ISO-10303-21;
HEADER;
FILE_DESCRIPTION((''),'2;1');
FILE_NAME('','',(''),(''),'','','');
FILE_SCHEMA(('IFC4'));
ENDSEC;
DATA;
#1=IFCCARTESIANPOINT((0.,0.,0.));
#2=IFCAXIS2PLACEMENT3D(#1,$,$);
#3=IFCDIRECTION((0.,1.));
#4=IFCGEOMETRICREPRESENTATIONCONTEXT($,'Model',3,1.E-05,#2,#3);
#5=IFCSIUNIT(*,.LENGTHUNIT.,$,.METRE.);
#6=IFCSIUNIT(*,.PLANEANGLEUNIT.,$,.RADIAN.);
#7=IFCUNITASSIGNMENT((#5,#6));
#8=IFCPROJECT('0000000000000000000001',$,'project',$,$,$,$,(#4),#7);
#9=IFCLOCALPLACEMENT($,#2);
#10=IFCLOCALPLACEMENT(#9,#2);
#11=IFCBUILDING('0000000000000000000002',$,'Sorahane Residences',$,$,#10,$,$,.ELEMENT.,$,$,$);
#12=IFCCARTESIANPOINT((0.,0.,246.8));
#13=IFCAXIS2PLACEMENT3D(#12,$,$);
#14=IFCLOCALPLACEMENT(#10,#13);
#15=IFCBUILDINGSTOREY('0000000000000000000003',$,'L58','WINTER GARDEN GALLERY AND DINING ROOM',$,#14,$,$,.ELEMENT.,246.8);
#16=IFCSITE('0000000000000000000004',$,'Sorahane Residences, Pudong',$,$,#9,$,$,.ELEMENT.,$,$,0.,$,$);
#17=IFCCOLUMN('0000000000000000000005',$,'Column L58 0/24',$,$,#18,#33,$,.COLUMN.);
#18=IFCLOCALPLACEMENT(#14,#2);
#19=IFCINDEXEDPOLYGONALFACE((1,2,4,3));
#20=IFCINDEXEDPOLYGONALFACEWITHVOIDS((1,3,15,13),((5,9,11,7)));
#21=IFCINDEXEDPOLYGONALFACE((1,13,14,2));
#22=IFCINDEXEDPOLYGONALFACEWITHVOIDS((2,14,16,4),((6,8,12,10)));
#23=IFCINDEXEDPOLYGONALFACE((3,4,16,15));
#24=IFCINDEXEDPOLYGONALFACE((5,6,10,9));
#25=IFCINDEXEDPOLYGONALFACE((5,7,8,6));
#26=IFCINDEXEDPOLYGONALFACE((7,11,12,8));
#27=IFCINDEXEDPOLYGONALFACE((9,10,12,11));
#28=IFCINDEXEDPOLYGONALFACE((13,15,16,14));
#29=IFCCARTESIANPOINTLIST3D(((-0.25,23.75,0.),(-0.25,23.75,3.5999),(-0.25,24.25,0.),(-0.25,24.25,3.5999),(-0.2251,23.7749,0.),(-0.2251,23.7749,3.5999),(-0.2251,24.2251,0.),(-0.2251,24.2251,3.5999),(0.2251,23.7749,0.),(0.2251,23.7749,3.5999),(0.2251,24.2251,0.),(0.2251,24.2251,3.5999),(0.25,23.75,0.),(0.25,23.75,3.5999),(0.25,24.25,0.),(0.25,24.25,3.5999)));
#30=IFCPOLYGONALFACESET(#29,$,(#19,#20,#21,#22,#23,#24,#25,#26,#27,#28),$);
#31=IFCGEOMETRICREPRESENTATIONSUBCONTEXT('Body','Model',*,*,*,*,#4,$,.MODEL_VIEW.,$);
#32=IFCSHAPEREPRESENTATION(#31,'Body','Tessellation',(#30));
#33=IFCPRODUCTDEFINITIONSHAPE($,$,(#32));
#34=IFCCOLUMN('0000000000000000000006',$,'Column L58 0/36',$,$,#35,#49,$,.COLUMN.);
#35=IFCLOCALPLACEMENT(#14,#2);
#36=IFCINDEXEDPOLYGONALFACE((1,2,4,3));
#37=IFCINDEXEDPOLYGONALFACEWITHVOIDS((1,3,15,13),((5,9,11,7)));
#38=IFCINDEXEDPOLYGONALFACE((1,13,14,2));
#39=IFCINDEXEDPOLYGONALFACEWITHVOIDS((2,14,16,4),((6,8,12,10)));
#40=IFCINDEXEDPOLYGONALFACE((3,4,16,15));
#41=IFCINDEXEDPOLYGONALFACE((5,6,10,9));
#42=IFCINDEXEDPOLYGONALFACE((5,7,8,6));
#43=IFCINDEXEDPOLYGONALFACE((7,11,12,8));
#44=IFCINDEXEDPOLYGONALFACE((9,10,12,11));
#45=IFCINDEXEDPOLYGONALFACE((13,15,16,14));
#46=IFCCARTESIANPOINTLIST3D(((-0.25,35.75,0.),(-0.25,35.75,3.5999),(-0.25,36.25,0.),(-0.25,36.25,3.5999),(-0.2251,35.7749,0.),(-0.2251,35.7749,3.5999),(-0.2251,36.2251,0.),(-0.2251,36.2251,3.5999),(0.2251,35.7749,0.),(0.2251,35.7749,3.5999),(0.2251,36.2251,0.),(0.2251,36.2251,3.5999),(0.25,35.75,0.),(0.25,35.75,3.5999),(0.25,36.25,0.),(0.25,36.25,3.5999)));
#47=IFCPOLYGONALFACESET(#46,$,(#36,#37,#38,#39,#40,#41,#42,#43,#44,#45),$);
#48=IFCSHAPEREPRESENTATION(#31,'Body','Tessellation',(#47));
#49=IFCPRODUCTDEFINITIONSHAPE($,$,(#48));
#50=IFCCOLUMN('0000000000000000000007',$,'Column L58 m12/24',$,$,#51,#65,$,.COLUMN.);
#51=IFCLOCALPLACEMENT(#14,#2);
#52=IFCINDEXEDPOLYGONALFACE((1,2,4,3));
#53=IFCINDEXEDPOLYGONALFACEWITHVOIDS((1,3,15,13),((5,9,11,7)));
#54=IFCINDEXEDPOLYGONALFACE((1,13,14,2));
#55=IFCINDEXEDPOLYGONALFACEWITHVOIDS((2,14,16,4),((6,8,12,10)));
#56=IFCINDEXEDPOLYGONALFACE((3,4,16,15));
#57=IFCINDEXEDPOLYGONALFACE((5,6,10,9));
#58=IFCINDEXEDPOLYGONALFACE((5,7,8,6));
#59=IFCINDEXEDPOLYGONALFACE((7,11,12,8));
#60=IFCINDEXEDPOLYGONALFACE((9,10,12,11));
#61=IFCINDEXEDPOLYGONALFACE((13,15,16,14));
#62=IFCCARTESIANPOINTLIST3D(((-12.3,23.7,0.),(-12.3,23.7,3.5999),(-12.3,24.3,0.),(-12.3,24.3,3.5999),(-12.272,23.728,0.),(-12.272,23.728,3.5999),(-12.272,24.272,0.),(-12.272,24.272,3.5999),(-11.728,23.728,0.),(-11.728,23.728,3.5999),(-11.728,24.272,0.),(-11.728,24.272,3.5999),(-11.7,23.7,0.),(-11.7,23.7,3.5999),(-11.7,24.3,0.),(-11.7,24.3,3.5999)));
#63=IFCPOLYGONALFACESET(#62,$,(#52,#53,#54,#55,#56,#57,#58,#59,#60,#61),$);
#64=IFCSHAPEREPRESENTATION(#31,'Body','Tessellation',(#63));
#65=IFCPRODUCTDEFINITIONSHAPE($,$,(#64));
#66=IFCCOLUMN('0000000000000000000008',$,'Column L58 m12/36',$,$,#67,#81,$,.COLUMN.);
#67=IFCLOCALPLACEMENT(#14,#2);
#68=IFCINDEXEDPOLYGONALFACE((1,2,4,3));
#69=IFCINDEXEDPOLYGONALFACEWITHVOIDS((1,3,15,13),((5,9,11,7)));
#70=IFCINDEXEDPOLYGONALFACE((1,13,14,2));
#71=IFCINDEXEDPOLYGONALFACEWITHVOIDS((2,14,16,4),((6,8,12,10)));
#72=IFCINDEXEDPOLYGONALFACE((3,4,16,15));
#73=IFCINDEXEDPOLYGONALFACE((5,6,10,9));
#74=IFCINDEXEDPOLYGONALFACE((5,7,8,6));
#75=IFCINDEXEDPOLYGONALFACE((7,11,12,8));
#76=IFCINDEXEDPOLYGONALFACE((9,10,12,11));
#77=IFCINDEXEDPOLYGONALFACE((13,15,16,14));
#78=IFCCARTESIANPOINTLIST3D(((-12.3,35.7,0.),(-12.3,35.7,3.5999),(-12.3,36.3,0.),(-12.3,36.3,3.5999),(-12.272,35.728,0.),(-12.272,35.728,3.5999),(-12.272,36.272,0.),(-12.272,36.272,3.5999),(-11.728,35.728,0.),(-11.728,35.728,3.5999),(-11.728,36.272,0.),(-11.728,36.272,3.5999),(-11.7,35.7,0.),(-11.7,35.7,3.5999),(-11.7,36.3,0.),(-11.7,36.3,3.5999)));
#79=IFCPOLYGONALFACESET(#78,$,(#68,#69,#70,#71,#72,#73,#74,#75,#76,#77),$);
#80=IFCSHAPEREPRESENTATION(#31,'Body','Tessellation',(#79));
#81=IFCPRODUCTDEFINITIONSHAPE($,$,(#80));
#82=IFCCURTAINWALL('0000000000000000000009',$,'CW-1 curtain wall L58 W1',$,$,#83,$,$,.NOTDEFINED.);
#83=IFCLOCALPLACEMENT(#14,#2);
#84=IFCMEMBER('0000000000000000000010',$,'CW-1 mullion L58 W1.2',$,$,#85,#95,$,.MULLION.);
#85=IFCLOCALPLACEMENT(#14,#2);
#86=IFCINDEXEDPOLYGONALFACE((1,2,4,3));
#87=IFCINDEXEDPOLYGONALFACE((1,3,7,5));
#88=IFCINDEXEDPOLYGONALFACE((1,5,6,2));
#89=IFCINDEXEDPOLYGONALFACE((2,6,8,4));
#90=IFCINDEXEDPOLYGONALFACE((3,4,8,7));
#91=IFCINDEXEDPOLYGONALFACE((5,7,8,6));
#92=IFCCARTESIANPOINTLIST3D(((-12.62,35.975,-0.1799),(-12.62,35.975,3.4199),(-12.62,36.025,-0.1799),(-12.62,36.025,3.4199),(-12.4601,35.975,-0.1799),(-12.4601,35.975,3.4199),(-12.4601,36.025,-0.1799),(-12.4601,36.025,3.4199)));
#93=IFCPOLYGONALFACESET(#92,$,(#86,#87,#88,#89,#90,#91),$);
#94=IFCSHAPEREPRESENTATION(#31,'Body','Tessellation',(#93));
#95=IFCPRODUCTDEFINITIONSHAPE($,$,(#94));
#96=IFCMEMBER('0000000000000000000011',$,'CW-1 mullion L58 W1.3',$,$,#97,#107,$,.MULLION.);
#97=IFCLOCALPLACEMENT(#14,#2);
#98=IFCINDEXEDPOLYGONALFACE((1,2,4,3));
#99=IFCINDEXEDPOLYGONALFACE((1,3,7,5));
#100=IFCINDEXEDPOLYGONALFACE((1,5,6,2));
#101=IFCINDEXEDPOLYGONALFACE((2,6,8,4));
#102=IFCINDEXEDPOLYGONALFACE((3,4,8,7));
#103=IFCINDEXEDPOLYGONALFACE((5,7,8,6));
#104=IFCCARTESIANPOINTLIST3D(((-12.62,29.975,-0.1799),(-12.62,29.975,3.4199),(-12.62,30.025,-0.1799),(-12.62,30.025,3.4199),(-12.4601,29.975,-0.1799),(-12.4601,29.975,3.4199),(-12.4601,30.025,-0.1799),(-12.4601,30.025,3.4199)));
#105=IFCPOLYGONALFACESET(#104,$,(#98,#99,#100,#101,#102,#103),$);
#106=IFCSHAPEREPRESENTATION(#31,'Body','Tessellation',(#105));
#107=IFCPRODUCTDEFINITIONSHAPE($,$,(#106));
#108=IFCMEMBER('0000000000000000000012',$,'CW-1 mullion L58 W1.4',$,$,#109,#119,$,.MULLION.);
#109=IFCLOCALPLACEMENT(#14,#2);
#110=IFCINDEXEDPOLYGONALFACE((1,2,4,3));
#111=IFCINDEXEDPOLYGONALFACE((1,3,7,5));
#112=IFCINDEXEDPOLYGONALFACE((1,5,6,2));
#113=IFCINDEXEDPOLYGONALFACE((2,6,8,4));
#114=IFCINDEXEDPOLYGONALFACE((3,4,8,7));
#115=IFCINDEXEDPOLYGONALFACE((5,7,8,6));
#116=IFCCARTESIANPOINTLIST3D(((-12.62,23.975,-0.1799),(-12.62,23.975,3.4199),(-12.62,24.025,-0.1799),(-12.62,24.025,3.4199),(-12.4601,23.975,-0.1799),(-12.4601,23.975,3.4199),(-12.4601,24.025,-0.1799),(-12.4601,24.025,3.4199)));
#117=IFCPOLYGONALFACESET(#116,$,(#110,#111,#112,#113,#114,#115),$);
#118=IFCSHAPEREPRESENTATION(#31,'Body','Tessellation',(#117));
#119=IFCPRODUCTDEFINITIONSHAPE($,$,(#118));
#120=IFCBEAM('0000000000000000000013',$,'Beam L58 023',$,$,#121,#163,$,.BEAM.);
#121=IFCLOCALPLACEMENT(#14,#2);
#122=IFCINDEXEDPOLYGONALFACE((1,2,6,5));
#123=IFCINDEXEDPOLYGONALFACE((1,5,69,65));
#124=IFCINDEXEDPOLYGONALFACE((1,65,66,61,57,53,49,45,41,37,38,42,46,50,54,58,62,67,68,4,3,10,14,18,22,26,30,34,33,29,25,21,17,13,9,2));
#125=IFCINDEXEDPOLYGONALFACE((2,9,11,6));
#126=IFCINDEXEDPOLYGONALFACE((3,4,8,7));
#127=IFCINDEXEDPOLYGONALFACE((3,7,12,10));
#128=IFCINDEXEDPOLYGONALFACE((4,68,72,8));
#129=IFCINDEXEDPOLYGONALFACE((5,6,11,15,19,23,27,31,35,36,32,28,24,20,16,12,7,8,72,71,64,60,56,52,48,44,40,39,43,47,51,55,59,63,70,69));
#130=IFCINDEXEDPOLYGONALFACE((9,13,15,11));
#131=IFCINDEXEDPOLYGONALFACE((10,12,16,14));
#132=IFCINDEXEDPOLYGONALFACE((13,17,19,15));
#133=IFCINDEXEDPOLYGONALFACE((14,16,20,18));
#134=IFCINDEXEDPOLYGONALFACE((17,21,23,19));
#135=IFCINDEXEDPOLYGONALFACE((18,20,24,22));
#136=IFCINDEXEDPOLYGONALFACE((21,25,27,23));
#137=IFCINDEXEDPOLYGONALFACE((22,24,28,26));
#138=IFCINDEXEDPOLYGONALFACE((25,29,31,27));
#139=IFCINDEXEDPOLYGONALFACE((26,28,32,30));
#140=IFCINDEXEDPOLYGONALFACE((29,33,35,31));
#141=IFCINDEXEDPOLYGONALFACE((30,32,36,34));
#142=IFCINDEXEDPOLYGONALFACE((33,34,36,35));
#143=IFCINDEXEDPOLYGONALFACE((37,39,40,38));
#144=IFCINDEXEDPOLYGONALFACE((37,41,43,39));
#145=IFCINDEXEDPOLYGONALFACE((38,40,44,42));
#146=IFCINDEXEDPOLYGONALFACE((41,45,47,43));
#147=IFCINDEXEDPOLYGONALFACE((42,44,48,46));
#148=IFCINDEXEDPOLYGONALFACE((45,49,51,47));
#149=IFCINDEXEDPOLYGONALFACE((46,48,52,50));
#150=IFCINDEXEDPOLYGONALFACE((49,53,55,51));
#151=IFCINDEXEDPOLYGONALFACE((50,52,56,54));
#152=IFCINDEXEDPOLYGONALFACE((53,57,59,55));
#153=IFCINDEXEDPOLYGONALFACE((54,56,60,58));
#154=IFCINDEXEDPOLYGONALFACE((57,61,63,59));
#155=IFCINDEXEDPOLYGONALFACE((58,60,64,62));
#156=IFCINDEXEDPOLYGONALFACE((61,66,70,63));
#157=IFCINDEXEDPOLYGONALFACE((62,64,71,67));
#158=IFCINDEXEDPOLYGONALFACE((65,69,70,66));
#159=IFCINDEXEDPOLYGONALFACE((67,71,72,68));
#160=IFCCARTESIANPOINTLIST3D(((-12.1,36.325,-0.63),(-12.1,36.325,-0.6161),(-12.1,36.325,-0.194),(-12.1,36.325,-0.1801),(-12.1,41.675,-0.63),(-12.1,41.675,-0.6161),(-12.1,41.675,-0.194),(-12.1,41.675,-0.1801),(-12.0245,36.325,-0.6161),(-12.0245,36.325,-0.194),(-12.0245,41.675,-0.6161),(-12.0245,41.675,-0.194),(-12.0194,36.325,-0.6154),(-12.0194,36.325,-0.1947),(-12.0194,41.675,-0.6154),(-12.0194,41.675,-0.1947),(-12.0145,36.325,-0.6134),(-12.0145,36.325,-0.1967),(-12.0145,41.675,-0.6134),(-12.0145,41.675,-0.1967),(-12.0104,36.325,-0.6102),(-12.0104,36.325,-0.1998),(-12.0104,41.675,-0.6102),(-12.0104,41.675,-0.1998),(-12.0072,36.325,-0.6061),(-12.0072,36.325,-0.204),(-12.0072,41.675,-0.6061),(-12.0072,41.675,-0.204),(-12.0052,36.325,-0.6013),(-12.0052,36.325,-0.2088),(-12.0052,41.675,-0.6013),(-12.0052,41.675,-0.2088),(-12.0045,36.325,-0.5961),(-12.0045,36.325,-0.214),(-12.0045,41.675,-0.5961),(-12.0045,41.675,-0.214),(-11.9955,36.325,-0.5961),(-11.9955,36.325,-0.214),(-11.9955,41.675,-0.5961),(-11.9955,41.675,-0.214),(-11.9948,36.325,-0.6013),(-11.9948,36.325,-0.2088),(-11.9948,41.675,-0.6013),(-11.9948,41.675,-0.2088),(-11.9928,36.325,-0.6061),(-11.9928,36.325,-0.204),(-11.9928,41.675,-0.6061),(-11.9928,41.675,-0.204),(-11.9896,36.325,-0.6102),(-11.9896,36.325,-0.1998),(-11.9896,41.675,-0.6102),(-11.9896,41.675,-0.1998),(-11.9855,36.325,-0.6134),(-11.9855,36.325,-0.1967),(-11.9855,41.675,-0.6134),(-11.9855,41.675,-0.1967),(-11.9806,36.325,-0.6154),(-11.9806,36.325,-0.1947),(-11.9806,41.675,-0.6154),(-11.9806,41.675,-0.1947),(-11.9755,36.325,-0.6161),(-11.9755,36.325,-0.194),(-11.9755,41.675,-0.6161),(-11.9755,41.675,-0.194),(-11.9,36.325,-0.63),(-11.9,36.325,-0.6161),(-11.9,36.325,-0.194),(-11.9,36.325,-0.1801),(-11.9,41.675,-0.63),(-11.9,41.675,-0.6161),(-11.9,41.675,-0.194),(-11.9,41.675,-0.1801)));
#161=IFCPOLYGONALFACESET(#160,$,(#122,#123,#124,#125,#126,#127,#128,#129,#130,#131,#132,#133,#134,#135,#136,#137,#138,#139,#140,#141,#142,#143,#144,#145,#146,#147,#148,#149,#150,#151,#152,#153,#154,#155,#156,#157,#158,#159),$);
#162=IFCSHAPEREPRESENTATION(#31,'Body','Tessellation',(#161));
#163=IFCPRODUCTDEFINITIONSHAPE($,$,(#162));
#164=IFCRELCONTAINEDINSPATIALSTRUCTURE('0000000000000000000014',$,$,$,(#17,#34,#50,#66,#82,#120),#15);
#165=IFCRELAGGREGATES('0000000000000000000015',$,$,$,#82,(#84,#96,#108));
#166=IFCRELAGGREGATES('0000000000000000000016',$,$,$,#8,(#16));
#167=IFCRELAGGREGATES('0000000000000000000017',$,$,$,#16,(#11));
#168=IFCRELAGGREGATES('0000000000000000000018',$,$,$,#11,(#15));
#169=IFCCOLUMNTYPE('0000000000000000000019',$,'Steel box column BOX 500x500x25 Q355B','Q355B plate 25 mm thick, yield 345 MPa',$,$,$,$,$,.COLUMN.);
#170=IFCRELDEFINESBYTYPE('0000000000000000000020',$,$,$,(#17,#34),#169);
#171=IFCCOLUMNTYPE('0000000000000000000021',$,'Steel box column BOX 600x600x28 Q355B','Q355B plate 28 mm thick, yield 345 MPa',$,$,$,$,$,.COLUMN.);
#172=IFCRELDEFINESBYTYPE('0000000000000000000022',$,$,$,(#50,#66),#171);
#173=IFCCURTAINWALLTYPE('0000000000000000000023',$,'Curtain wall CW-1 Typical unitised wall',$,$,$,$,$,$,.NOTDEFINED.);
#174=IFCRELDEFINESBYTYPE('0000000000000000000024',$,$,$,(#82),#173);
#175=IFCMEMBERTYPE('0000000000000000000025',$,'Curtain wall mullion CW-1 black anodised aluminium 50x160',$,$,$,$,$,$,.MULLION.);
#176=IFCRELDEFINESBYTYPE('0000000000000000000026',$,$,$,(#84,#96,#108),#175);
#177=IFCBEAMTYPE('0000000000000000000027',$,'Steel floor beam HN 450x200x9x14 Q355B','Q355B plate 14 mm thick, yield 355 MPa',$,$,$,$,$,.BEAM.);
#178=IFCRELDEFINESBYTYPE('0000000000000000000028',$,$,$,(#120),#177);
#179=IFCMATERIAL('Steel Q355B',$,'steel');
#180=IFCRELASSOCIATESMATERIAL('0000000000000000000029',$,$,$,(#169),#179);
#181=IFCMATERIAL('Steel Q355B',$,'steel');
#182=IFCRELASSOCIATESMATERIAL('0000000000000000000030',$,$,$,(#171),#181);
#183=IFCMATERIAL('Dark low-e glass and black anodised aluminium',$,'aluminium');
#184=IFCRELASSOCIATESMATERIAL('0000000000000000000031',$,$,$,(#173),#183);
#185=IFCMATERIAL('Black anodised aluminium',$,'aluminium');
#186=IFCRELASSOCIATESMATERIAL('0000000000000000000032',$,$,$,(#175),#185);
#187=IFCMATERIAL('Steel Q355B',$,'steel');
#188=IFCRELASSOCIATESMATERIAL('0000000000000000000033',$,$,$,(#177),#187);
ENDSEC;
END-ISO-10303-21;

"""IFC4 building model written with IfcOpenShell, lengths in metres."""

from ifc_helpers import new_model, si_unit, direction, frame, origin, origin_2d, place, context, subcontext, project, spatial, rectangle, hollow_rectangle, i_section, extrude, material, material_profile, profile_set, type_object, element, aggregate, save


model = new_model("IFC4")

# Units and contexts
model_context = context("Model", 3, precision=1e-05, world=origin(), true_north=direction((0.0, 1.0)))
body_context = subcontext(model_context, "Body", "Model", "MODEL_VIEW")
ifc_project = project(units=[si_unit("LENGTHUNIT", "METRE"), si_unit("PLANEANGLEUNIT", "RADIAN")], contexts=[model_context])

# Site, building, storey
site_placement = place(None, origin())
site = spatial("IfcSite", under=ifc_project, at=site_placement, Name="Sorahane Residences, Pudong", CompositionType="ELEMENT", RefElevation=0.0)
building_placement = place(site_placement, origin())
building = spatial("IfcBuilding", under=site, at=building_placement, Name="Sorahane Residences", CompositionType="ELEMENT")
storey_placement = place(building_placement, frame((0.0, 0.0, 246.8)))
storey = spatial("IfcBuildingStorey", under=building, at=storey_placement, Name="L58", Description="WINTER GARDEN GALLERY AND DINING ROOM", CompositionType="ELEMENT", Elevation=246.8)

# Columns
ifc_material_1 = material(Name="Steel Q355B", Category="steel")
ifc_material_profile_1 = material_profile(ifc_material_1, hollow_rectangle(XDim=0.5, YDim=0.5, WallThickness=0.0249, at=origin_2d()), Name="BOX 500x500x25")
ifc_profile_set_1 = profile_set([ifc_material_profile_1], Name="Steel Q355B")
column_type_1 = type_object("IfcColumnType", Name="Steel box column BOX 500x500x25 Q355B", Description="Q355B plate 25 mm thick, yield 345 MPa", PredefinedType="COLUMN", material=ifc_profile_set_1)
for number, where, z_axis, x_axis, name in (
    (1, (0.0, 24.0, 0.0), (0.0, 0.0, 1.0), (1.0, 0.0, 0.0), "Column L58 0/24"),
    (2, (0.0, 36.0, 0.0), (0.0, 0.0, 1.0), (1.0, 0.0, 0.0), "Column L58 0/36"),
):
    element("IfcColumn", number, at=place(storey_placement, frame(where, z_axis=z_axis, x_axis=x_axis)), inside=storey, type_object=column_type_1, Name=name, PredefinedType="COLUMN", context=body_context, shape_type="SweptSolid", body=[
        extrude(hollow_rectangle(XDim=0.5, YDim=0.5, WallThickness=0.0249, at=origin_2d()), origin(), (0.0, 0.0, 1.0), 3.5999),
    ])
ifc_material_2 = material(Name="Steel Q355B", Category="steel")
ifc_material_profile_2 = material_profile(ifc_material_2, hollow_rectangle(XDim=0.6001, YDim=0.6001, WallThickness=0.0281, at=origin_2d()), Name="BOX 600x600x28")
ifc_profile_set_2 = profile_set([ifc_material_profile_2], Name="Steel Q355B")
column_type_2 = type_object("IfcColumnType", Name="Steel box column BOX 600x600x28 Q355B", Description="Q355B plate 28 mm thick, yield 345 MPa", PredefinedType="COLUMN", material=ifc_profile_set_2)
for number, where, z_axis, x_axis, name in (
    (3, (-12.0, 24.0, 0.0), (0.0, 0.0, 1.0), (1.0, 0.0, 0.0), "Column L58 m12/24"),
    (4, (-12.0, 36.0, 0.0), (0.0, 0.0, 1.0), (1.0, 0.0, 0.0), "Column L58 m12/36"),
):
    element("IfcColumn", number, at=place(storey_placement, frame(where, z_axis=z_axis, x_axis=x_axis)), inside=storey, type_object=column_type_2, Name=name, PredefinedType="COLUMN", context=body_context, shape_type="SweptSolid", body=[
        extrude(hollow_rectangle(XDim=0.6001, YDim=0.6001, WallThickness=0.0281, at=origin_2d()), origin(), (0.0, 0.0, 1.0), 3.5999),
    ])

# Curtain wall, members
ifc_material_3 = material(Name="Dark low-e glass and black anodised aluminium", Category="aluminium")
curtain_wall_type = type_object("IfcCurtainWallType", Name="Curtain wall CW-1 Typical unitised wall", PredefinedType="NOTDEFINED", material=ifc_material_3)
curtain_wall_placement = place(storey_placement, origin())
curtain_wall = element("IfcCurtainWall", 5, at=curtain_wall_placement, inside=storey, type_object=curtain_wall_type, Name="CW-1 curtain wall L58 W1", PredefinedType="NOTDEFINED")
ifc_material_4 = material(Name="Black anodised aluminium", Category="aluminium")
ifc_material_profile_3 = material_profile(ifc_material_4, rectangle(XDim=0.1599, YDim=0.05, at=origin_2d()), Name="Curtain wall mullion CW-1 black anodised aluminium 50x160")
ifc_profile_set_3 = profile_set([ifc_material_profile_3], Name="Black anodised aluminium")
member_type = type_object("IfcMemberType", Name="Curtain wall mullion CW-1 black anodised aluminium 50x160", PredefinedType="MULLION", material=ifc_profile_set_3)
member_1_placement = place(storey_placement, frame((-12.54, 36.0, -0.1799), z_axis=(0.0, 0.0, 1.0), x_axis=(-1.0, 0.0, 0.0)))
member_1 = element("IfcMember", 6, at=member_1_placement, type_object=member_type, Name="CW-1 mullion L58 W1.2", PredefinedType="MULLION", context=body_context, shape_type="SweptSolid", body=[
    extrude(rectangle(XDim=0.1599, YDim=0.05, at=origin_2d()), origin(), (0.0, 0.0, 1.0), 3.5999),
])
member_2_placement = place(storey_placement, frame((-12.54, 30.0, -0.1799), z_axis=(0.0, 0.0, 1.0), x_axis=(-1.0, 0.0, 0.0)))
member_2 = element("IfcMember", 7, at=member_2_placement, type_object=member_type, Name="CW-1 mullion L58 W1.3", PredefinedType="MULLION", context=body_context, shape_type="SweptSolid", body=[
    extrude(rectangle(XDim=0.1599, YDim=0.05, at=origin_2d()), origin(), (0.0, 0.0, 1.0), 3.5999),
])
member_3_placement = place(storey_placement, frame((-12.54, 24.0, -0.1799), z_axis=(0.0, 0.0, 1.0), x_axis=(-1.0, 0.0, 0.0)))
member_3 = element("IfcMember", 8, at=member_3_placement, type_object=member_type, Name="CW-1 mullion L58 W1.4", PredefinedType="MULLION", context=body_context, shape_type="SweptSolid", body=[
    extrude(rectangle(XDim=0.1599, YDim=0.05, at=origin_2d()), origin(), (0.0, 0.0, 1.0), 3.5999),
])

# Beam
ifc_material_5 = material(Name="Steel Q355B", Category="steel")
ifc_material_profile_4 = material_profile(ifc_material_5, i_section(OverallWidth=0.2, OverallDepth=0.45, WebThickness=0.009, FlangeThickness=0.0139, FilletRadius=0.02, at=origin_2d()), Name="HN 450x200x9x14")
ifc_profile_set_4 = profile_set([ifc_material_profile_4], Name="Steel Q355B")
beam_type_1 = type_object("IfcBeamType", Name="Steel floor beam HN 450x200x9x14 Q355B", Description="Q355B plate 14 mm thick, yield 355 MPa", PredefinedType="BEAM", material=ifc_profile_set_4)
beam_1_placement = place(storey_placement, frame((-12.0, 36.325, -0.405), z_axis=(0.0, 1.0, 0.0), x_axis=(-1.0, 0.0, 0.0)))
element("IfcBeam", 9, at=beam_1_placement, inside=storey, type_object=beam_type_1, Name="Beam L58 023", PredefinedType="BEAM", context=body_context, shape_type="SweptSolid", body=[
    extrude(i_section(OverallWidth=0.2, OverallDepth=0.45, WebThickness=0.009, FlangeThickness=0.0139, FilletRadius=0.02, at=origin_2d()), origin(), (0.0, 0.0, 1.0), 5.3501),
])

aggregate(curtain_wall, [member_1, member_2, member_3])

save(model, "model.ifc")
